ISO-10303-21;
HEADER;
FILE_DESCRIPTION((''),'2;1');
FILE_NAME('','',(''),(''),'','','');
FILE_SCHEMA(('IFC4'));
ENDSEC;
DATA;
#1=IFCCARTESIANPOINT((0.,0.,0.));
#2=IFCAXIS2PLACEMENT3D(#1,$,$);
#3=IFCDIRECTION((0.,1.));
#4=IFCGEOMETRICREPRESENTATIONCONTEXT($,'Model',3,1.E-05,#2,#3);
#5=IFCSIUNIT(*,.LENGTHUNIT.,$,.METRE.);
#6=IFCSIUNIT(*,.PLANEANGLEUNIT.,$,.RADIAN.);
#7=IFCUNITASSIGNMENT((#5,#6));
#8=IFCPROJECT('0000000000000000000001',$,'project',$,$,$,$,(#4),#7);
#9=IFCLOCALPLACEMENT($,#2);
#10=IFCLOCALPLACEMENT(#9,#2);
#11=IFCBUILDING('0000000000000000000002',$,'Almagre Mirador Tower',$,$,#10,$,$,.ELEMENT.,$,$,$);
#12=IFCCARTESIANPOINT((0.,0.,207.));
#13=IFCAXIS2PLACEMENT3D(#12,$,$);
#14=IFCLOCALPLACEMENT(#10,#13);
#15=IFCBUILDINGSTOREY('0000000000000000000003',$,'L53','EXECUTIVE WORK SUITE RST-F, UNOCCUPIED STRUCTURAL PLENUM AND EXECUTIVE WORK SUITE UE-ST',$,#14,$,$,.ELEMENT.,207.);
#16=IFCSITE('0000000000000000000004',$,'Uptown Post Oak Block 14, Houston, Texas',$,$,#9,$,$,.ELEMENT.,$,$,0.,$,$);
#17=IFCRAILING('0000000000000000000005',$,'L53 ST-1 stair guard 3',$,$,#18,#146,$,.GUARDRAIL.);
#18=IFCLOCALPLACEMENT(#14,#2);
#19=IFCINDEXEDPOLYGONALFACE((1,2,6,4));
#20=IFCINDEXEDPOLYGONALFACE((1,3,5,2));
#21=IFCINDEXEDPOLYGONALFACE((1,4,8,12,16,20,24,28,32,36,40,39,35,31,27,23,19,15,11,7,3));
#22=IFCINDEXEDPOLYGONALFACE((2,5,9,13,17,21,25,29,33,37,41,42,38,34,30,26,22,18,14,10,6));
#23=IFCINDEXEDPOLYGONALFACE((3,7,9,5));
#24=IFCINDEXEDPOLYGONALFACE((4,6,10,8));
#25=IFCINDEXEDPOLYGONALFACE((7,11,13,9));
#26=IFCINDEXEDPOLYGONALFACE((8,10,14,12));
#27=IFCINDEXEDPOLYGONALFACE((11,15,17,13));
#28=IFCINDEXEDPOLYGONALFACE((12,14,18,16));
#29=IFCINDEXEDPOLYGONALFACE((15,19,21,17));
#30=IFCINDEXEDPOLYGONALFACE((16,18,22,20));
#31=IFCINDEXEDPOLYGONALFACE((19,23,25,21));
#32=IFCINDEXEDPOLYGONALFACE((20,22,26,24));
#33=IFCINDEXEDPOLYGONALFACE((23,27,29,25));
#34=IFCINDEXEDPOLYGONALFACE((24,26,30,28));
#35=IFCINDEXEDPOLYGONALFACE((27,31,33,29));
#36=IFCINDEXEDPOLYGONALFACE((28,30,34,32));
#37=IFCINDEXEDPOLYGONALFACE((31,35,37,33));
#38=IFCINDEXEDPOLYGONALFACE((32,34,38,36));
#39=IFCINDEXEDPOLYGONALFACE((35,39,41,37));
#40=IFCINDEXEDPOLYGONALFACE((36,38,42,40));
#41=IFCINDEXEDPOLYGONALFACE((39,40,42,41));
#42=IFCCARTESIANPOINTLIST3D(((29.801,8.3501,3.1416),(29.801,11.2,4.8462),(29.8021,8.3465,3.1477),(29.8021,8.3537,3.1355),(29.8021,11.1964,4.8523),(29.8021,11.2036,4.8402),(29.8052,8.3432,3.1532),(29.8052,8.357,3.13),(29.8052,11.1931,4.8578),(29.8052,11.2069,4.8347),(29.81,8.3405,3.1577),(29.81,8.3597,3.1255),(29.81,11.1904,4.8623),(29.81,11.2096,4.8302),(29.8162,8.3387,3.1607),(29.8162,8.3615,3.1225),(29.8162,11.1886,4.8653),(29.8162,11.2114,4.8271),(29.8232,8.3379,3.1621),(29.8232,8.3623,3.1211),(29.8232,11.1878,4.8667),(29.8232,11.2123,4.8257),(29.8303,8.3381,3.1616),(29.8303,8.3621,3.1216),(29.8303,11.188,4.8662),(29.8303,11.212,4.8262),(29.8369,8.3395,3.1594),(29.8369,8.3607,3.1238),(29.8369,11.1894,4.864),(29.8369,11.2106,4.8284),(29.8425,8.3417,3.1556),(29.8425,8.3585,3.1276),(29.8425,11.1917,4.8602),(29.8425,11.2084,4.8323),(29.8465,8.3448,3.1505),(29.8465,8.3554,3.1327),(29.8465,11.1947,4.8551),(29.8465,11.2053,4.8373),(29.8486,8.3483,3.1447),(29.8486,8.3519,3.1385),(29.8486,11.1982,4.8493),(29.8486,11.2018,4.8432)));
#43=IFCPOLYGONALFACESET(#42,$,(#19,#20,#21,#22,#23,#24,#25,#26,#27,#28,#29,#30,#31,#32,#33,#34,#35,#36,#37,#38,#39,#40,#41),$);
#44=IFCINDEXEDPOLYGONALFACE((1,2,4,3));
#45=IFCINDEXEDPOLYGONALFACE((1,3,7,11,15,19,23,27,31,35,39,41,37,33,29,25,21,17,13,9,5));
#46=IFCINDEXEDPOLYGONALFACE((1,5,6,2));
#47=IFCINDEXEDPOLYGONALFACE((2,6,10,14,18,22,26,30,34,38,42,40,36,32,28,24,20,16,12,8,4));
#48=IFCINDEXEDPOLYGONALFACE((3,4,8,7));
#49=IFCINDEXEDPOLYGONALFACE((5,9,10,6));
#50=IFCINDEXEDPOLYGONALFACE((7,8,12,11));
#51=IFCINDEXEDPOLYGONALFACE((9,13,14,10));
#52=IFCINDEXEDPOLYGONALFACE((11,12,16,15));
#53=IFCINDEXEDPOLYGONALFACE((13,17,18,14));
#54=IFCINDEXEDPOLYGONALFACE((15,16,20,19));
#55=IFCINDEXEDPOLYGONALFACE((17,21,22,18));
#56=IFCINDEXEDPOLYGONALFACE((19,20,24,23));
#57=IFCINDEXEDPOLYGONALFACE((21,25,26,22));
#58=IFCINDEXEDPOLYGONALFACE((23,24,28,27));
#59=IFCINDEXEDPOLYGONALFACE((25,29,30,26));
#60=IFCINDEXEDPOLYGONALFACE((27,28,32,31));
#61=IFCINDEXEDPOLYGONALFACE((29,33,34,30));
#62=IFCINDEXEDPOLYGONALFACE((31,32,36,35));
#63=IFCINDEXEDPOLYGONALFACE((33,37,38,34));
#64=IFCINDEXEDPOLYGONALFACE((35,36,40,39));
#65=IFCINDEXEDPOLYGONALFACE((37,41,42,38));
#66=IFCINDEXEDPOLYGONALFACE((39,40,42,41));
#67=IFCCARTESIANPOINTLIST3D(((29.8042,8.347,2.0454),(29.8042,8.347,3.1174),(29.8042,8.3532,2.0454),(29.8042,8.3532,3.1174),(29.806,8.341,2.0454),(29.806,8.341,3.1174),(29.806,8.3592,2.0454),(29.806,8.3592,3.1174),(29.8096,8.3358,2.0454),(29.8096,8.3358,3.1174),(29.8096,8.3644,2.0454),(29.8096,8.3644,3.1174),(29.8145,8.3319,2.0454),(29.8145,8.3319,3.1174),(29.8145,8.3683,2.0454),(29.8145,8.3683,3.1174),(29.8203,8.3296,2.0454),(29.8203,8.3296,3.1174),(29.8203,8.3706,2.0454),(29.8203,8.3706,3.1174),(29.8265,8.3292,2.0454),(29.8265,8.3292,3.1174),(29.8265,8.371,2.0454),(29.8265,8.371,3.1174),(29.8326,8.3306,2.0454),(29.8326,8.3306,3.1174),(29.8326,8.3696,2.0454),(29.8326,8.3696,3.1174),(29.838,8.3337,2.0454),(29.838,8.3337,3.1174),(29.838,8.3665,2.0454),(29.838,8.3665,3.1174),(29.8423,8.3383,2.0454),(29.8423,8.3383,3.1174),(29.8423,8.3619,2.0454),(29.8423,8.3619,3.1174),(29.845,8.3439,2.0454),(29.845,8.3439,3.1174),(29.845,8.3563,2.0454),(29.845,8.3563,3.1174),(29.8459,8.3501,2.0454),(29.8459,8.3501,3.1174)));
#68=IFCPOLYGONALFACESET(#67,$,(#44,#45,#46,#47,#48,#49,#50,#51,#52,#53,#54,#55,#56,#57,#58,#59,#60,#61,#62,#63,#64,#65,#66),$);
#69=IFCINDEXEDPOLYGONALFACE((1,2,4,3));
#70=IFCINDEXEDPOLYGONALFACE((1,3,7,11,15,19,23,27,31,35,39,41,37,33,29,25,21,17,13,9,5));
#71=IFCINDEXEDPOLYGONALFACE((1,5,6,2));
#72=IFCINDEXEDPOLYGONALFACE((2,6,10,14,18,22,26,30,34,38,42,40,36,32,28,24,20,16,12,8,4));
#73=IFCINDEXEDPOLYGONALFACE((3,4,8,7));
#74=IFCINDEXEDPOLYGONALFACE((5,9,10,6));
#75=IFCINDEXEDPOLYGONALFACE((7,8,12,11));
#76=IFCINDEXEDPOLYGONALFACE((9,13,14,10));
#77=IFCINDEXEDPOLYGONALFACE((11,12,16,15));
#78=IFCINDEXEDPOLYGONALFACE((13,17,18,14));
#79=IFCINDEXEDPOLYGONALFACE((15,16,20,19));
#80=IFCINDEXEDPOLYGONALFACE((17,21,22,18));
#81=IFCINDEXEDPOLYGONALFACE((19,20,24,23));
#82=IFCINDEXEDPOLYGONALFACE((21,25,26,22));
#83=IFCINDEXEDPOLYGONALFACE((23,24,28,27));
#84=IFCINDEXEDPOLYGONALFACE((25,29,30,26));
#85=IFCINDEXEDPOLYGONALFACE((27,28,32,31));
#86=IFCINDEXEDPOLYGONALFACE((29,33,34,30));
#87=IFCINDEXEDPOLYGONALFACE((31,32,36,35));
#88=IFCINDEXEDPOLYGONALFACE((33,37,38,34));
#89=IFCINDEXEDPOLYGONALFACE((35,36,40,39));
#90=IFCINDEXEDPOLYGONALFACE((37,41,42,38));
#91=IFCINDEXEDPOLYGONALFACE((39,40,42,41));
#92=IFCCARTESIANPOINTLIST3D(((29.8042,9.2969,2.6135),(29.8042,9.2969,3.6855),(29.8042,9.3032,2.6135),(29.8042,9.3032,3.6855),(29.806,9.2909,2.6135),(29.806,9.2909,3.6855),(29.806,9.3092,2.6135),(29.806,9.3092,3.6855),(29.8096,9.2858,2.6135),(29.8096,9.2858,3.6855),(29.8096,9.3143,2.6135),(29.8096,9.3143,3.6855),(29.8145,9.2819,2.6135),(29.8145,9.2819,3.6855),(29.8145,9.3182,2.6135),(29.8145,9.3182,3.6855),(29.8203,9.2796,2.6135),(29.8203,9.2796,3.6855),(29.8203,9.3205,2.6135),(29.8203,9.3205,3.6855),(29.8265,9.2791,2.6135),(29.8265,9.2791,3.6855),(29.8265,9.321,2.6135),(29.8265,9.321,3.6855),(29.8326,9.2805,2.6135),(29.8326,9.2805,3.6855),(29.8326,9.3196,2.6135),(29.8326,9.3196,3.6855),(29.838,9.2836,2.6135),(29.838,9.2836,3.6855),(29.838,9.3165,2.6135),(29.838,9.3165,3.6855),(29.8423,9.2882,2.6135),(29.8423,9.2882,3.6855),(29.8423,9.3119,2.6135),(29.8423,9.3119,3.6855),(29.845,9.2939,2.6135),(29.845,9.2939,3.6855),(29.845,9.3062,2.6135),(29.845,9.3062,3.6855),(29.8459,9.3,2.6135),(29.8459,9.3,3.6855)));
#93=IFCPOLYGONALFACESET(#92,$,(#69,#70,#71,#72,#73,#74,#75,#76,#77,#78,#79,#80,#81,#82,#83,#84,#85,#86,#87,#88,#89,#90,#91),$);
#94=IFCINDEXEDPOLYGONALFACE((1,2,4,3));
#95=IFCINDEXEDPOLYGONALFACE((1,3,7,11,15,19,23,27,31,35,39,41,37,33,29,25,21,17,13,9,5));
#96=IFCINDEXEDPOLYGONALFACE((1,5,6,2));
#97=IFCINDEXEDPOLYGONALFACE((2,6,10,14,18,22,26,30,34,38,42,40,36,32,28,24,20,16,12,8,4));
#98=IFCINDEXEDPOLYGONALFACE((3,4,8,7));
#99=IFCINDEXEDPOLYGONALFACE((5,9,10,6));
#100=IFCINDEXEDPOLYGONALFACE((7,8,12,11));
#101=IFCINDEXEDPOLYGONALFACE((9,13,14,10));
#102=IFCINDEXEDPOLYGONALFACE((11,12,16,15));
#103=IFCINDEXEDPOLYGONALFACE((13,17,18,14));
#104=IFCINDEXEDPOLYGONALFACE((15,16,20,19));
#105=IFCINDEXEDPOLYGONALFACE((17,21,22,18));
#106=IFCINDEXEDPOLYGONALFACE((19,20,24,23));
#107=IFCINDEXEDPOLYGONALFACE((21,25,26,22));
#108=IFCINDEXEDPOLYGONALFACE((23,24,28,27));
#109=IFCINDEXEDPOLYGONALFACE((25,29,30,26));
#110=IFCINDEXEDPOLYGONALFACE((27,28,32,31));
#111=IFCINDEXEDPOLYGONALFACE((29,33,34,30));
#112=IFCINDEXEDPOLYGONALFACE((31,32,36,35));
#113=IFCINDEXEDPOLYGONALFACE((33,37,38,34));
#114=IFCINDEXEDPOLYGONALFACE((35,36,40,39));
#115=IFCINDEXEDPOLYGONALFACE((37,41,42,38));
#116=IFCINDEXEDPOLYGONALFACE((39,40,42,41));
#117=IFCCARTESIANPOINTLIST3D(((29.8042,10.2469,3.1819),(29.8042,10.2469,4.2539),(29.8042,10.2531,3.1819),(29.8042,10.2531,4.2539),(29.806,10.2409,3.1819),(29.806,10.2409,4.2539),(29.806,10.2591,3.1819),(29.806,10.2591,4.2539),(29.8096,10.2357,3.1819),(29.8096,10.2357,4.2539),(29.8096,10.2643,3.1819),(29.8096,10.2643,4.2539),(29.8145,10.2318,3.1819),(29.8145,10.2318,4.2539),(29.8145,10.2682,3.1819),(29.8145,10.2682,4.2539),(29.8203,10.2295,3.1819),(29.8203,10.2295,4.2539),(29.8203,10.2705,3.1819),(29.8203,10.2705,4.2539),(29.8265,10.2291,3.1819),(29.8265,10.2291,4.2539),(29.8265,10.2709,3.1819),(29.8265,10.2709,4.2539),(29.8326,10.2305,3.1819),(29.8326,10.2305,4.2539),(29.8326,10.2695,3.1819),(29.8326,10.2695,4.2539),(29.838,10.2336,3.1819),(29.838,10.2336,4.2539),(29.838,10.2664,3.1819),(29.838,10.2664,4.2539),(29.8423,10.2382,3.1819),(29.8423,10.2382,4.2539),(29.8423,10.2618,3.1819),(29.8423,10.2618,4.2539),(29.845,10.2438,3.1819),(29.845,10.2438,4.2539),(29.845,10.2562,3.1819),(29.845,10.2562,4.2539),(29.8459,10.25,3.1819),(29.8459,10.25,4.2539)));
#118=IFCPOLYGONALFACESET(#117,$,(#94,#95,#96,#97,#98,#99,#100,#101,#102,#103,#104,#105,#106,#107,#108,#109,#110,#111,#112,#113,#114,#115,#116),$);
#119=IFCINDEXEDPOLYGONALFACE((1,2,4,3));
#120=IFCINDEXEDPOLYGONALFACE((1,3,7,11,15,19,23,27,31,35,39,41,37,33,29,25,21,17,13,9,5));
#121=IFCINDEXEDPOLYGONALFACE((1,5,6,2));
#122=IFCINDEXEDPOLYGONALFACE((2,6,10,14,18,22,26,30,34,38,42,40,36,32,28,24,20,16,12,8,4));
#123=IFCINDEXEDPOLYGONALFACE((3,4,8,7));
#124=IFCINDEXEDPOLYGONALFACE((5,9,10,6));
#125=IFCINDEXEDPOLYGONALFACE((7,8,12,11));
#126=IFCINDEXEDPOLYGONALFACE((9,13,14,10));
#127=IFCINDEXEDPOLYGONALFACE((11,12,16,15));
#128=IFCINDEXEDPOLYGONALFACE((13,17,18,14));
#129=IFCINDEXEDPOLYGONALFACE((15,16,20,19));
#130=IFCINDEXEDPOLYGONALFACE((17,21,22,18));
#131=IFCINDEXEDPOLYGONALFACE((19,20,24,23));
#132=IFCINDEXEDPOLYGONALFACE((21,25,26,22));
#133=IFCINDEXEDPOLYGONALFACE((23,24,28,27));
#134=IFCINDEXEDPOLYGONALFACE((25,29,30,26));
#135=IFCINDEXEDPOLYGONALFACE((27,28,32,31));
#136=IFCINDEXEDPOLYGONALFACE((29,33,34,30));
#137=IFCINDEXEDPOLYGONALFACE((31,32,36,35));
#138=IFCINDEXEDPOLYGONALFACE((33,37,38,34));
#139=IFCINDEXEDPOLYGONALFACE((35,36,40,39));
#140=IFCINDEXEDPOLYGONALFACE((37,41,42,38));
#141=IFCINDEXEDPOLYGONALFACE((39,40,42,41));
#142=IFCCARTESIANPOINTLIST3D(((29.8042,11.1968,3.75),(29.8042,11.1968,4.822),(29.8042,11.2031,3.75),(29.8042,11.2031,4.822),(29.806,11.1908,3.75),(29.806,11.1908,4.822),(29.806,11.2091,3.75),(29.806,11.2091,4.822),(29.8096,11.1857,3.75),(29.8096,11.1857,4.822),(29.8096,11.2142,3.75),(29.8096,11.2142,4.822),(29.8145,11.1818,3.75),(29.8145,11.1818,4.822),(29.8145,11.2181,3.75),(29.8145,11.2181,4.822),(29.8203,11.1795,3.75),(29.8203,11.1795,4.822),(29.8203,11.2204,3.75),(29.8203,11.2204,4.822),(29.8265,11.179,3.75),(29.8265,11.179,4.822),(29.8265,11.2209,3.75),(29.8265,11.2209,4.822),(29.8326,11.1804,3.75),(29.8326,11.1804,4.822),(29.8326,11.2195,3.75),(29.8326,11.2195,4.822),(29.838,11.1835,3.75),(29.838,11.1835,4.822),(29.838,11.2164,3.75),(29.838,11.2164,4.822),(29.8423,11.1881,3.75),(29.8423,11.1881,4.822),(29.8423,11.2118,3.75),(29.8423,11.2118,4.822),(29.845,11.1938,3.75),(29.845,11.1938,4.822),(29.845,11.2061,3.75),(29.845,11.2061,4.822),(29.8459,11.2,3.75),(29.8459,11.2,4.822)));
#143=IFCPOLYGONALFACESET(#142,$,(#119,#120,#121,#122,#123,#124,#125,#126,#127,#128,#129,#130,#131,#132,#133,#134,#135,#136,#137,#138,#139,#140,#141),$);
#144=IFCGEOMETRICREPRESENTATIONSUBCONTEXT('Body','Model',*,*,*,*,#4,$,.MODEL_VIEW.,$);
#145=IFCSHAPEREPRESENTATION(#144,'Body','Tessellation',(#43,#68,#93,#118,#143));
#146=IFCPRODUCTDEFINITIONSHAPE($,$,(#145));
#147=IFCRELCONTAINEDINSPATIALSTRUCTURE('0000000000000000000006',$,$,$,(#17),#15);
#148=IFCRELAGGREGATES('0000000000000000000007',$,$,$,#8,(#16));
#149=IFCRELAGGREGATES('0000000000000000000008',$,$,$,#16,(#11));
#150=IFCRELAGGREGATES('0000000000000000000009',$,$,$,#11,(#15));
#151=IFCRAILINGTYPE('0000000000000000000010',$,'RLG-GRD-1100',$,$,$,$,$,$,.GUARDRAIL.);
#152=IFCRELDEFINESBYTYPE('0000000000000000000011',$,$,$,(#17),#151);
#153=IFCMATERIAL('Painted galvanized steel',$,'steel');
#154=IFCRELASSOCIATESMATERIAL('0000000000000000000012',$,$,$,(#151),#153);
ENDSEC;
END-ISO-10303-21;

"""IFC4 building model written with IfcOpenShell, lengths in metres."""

from ifc_helpers import new_model, si_unit, direction, frame, origin, origin_2d, place, context, subcontext, project, spatial, circle, extrude, material, type_object, element, save


model = new_model("IFC4")

# Units and contexts
model_context = context("Model", 3, precision=1e-05, world=origin(), true_north=direction((0.0, 1.0)))
body_context = subcontext(model_context, "Body", "Model", "MODEL_VIEW")
ifc_project = project(units=[si_unit("LENGTHUNIT", "METRE"), si_unit("PLANEANGLEUNIT", "RADIAN")], contexts=[model_context])

# Site, building, storey
site_placement = place(None, origin())
site = spatial("IfcSite", under=ifc_project, at=site_placement, Name="Uptown Post Oak Block 14, Houston, Texas", CompositionType="ELEMENT", RefElevation=0.0)
building_placement = place(site_placement, origin())
building = spatial("IfcBuilding", under=site, at=building_placement, Name="Almagre Mirador Tower", CompositionType="ELEMENT")
storey_placement = place(building_placement, frame((0.0, 0.0, 207.0)))
storey = spatial("IfcBuildingStorey", under=building, at=storey_placement, Name="L53", Description="EXECUTIVE WORK SUITE RST-F, UNOCCUPIED STRUCTURAL PLENUM AND EXECUTIVE WORK SUITE UE-ST", CompositionType="ELEMENT", Elevation=207.0)

# Railing
ifc_material_1 = material(Name="Painted galvanized steel", Category="steel")
railing_type_1 = type_object("IfcRailingType", Name="RLG-GRD-1100", PredefinedType="GUARDRAIL", material=ifc_material_1)
railing_1_placement = place(storey_placement, frame((29.825, 8.3501, 2.0454)))
element("IfcRailing", 1, at=railing_1_placement, inside=storey, type_object=railing_type_1, Name="L53 ST-1 stair guard 3", PredefinedType="GUARDRAIL", context=body_context, shape_type="SweptSolid", body=[
    extrude(circle(Radius=0.0239, at=origin_2d()), frame((0.0, 0.0, 1.0962), z_axis=(0.0, 0.858199, 0.513317), x_axis=(-1.0, 0.0, 0.0)), (0.0, 0.0, 1.0), 3.3208),
    extrude(circle(Radius=0.021, at=origin_2d()), origin(), (0.0, 0.0, 1.0), 1.072),
    extrude(circle(Radius=0.021, at=origin_2d()), frame((0.0, 0.95, 0.5681)), (0.0, 0.0, 1.0), 1.072),
    extrude(circle(Radius=0.021, at=origin_2d()), frame((0.0, 1.8999, 1.1365)), (0.0, 0.0, 1.0), 1.072),
    extrude(circle(Radius=0.021, at=origin_2d()), frame((0.0, 2.8499, 1.7046)), (0.0, 0.0, 1.0), 1.072),
])

save(model, "model.ifc")
